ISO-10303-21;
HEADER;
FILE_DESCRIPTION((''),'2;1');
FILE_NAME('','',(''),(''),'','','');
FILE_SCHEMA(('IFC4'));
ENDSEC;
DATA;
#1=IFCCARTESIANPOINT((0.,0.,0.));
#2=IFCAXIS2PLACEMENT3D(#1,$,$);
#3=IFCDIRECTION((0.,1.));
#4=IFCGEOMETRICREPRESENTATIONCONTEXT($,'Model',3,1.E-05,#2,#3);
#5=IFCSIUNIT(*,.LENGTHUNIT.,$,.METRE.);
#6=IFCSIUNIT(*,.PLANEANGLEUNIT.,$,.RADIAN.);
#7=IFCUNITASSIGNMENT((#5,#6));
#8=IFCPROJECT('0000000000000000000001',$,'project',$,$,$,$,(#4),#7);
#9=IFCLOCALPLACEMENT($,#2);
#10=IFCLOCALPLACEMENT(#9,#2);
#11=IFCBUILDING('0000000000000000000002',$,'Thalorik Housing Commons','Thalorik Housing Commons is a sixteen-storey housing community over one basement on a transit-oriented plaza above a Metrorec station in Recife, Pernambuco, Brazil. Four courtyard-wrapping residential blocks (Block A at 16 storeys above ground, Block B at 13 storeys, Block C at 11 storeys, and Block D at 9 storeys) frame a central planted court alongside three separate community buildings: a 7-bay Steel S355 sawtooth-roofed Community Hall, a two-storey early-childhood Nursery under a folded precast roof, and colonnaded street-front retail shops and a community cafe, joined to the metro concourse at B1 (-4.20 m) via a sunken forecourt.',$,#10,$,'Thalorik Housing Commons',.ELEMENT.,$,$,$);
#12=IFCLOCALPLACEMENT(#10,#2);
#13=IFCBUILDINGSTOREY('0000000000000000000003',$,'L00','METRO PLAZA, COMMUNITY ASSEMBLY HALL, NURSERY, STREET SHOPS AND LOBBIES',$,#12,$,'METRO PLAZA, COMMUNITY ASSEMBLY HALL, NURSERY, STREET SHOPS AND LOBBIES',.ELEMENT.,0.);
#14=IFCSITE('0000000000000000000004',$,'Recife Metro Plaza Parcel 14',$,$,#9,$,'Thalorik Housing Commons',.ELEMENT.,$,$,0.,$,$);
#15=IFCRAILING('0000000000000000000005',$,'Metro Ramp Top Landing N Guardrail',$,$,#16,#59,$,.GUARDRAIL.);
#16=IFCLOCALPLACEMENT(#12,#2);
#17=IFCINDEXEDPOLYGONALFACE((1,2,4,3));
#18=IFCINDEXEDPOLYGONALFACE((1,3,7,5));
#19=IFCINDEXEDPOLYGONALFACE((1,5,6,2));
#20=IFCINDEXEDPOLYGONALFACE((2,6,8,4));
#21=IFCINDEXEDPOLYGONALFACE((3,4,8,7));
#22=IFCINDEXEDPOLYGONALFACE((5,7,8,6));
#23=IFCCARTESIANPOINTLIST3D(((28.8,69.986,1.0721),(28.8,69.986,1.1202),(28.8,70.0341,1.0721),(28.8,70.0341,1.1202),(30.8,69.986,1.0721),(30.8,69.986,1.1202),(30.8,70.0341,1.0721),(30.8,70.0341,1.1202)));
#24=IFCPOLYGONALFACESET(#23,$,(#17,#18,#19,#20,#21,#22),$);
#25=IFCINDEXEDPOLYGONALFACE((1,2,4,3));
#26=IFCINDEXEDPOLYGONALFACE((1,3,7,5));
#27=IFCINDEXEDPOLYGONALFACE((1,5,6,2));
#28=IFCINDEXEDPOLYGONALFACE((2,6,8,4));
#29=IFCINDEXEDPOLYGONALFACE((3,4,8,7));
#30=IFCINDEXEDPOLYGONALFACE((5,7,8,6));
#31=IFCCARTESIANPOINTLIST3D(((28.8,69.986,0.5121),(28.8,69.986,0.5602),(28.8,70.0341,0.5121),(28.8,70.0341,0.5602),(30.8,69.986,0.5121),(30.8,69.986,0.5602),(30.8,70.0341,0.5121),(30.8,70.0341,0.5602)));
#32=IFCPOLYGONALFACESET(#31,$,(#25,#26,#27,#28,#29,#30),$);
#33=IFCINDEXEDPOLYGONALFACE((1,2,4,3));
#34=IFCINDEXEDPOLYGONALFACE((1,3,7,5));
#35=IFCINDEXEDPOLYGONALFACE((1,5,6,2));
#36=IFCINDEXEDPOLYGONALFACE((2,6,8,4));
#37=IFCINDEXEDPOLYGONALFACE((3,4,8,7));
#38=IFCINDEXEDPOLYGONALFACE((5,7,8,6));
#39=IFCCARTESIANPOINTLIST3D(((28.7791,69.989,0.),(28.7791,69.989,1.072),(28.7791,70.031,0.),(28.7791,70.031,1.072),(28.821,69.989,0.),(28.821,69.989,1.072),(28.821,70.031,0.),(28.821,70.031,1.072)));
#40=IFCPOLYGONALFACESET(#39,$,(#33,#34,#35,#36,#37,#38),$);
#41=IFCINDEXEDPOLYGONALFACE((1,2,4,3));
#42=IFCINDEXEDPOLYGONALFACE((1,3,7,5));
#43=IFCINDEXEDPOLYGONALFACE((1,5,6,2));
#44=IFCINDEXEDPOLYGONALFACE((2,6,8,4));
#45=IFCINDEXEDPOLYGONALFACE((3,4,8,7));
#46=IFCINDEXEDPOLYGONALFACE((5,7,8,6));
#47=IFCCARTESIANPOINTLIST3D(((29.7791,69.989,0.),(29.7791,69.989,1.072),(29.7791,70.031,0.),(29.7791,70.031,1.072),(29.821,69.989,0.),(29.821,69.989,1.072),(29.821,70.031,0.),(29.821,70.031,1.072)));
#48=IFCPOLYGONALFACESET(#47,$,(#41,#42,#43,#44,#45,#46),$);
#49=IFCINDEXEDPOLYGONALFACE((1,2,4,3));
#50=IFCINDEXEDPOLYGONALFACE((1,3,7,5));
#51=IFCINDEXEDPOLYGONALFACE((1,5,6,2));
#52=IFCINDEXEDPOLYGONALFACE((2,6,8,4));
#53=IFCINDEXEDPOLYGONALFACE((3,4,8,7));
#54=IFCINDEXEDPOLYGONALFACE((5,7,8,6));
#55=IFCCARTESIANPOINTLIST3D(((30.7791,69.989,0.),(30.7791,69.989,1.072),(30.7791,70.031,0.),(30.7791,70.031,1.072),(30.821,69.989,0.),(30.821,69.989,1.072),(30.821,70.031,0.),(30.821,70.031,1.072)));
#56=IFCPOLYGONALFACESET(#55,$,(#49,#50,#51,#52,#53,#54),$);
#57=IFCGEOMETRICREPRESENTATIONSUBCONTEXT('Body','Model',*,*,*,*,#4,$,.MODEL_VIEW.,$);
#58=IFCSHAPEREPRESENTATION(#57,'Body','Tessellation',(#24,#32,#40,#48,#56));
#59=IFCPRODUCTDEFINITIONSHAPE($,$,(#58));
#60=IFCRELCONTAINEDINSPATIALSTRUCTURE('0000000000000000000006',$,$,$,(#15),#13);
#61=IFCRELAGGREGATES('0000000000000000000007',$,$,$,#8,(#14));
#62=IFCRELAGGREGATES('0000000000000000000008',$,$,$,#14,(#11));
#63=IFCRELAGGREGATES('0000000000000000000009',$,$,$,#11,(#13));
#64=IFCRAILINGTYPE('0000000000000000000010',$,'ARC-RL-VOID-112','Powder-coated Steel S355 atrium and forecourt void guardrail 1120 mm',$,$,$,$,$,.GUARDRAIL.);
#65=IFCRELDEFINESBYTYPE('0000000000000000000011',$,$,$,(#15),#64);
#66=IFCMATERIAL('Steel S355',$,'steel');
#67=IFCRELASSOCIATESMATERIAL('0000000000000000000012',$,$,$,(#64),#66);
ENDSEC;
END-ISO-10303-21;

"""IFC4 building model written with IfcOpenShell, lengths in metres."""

from ifc_helpers import new_model, si_unit, direction, frame, origin, origin_2d, place, context, subcontext, project, spatial, rectangle, extrude, material, type_object, element, save


model = new_model("IFC4")

# Units and contexts
model_context = context("Model", 3, precision=1e-05, world=origin(), true_north=direction((0.0, 1.0)))
body_context = subcontext(model_context, "Body", "Model", "MODEL_VIEW")
ifc_project = project(units=[si_unit("LENGTHUNIT", "METRE"), si_unit("PLANEANGLEUNIT", "RADIAN")], contexts=[model_context])

# Site, building, storey
site_placement = place(None, origin())
site = spatial("IfcSite", under=ifc_project, at=site_placement, Name="Recife Metro Plaza Parcel 14", LongName="Thalorik Housing Commons", CompositionType="ELEMENT", RefElevation=0.0)
building_placement = place(site_placement, origin())
building = spatial("IfcBuilding", under=site, at=building_placement, Name="Thalorik Housing Commons", Description="Thalorik Housing Commons is a sixteen-storey housing community over one basement on a transit-oriented plaza above a Metrorec station in Recife, Pernambuco, Brazil. Four courtyard-wrapping residential blocks (Block A at 16 storeys above ground, Block B at 13 storeys, Block C at 11 storeys, and Block D at 9 storeys) frame a central planted court alongside three separate community buildings: a 7-bay Steel S355 sawtooth-roofed Community Hall, a two-storey early-childhood Nursery under a folded precast roof, and colonnaded street-front retail shops and a community cafe, joined to the metro concourse at B1 (-4.20 m) via a sunken forecourt.", LongName="Thalorik Housing Commons", CompositionType="ELEMENT")
storey_placement = place(building_placement, origin())
storey = spatial("IfcBuildingStorey", under=building, at=storey_placement, Name="L00", Description="METRO PLAZA, COMMUNITY ASSEMBLY HALL, NURSERY, STREET SHOPS AND LOBBIES", LongName="METRO PLAZA, COMMUNITY ASSEMBLY HALL, NURSERY, STREET SHOPS AND LOBBIES", CompositionType="ELEMENT", Elevation=0.0)

# Railing
ifc_material_1 = material(Name="Steel S355", Category="steel")
railing_type_1 = type_object("IfcRailingType", Name="ARC-RL-VOID-112", Description="Powder-coated Steel S355 atrium and forecourt void guardrail 1120 mm", PredefinedType="GUARDRAIL", material=ifc_material_1)
for number, where, name in (
    (1, (28.8, 70.01, 0.0), "Metro Ramp Top Landing N Guardrail"),
):
    element("IfcRailing", number, at=place(storey_placement, frame(where)), inside=storey, type_object=railing_type_1, Name=name, PredefinedType="GUARDRAIL", context=body_context, shape_type="SweptSolid", body=[
        extrude(rectangle(XDim=0.0481, YDim=0.0481, at=origin_2d()), frame((0.0, 0.0, 1.0962), z_axis=(1.0, 0.0, 0.0), x_axis=(0.0, 1.0, 0.0)), (0.0, 0.0, 1.0), 2.0),
        extrude(rectangle(XDim=0.0481, YDim=0.0481, at=origin_2d()), frame((0.0, 0.0, 0.5361), z_axis=(1.0, 0.0, 0.0), x_axis=(0.0, 1.0, 0.0)), (0.0, 0.0, 1.0), 2.0),
        extrude(rectangle(XDim=0.042, YDim=0.042, at=origin_2d()), origin(), (0.0, 0.0, 1.0), 1.072),
        extrude(rectangle(XDim=0.042, YDim=0.042, at=origin_2d()), frame((1.0, 0.0, 0.0)), (0.0, 0.0, 1.0), 1.072),
        extrude(rectangle(XDim=0.042, YDim=0.042, at=origin_2d()), frame((2.0, 0.0, 0.0)), (0.0, 0.0, 1.0), 1.072),
    ])

save(model, "model.ifc")
